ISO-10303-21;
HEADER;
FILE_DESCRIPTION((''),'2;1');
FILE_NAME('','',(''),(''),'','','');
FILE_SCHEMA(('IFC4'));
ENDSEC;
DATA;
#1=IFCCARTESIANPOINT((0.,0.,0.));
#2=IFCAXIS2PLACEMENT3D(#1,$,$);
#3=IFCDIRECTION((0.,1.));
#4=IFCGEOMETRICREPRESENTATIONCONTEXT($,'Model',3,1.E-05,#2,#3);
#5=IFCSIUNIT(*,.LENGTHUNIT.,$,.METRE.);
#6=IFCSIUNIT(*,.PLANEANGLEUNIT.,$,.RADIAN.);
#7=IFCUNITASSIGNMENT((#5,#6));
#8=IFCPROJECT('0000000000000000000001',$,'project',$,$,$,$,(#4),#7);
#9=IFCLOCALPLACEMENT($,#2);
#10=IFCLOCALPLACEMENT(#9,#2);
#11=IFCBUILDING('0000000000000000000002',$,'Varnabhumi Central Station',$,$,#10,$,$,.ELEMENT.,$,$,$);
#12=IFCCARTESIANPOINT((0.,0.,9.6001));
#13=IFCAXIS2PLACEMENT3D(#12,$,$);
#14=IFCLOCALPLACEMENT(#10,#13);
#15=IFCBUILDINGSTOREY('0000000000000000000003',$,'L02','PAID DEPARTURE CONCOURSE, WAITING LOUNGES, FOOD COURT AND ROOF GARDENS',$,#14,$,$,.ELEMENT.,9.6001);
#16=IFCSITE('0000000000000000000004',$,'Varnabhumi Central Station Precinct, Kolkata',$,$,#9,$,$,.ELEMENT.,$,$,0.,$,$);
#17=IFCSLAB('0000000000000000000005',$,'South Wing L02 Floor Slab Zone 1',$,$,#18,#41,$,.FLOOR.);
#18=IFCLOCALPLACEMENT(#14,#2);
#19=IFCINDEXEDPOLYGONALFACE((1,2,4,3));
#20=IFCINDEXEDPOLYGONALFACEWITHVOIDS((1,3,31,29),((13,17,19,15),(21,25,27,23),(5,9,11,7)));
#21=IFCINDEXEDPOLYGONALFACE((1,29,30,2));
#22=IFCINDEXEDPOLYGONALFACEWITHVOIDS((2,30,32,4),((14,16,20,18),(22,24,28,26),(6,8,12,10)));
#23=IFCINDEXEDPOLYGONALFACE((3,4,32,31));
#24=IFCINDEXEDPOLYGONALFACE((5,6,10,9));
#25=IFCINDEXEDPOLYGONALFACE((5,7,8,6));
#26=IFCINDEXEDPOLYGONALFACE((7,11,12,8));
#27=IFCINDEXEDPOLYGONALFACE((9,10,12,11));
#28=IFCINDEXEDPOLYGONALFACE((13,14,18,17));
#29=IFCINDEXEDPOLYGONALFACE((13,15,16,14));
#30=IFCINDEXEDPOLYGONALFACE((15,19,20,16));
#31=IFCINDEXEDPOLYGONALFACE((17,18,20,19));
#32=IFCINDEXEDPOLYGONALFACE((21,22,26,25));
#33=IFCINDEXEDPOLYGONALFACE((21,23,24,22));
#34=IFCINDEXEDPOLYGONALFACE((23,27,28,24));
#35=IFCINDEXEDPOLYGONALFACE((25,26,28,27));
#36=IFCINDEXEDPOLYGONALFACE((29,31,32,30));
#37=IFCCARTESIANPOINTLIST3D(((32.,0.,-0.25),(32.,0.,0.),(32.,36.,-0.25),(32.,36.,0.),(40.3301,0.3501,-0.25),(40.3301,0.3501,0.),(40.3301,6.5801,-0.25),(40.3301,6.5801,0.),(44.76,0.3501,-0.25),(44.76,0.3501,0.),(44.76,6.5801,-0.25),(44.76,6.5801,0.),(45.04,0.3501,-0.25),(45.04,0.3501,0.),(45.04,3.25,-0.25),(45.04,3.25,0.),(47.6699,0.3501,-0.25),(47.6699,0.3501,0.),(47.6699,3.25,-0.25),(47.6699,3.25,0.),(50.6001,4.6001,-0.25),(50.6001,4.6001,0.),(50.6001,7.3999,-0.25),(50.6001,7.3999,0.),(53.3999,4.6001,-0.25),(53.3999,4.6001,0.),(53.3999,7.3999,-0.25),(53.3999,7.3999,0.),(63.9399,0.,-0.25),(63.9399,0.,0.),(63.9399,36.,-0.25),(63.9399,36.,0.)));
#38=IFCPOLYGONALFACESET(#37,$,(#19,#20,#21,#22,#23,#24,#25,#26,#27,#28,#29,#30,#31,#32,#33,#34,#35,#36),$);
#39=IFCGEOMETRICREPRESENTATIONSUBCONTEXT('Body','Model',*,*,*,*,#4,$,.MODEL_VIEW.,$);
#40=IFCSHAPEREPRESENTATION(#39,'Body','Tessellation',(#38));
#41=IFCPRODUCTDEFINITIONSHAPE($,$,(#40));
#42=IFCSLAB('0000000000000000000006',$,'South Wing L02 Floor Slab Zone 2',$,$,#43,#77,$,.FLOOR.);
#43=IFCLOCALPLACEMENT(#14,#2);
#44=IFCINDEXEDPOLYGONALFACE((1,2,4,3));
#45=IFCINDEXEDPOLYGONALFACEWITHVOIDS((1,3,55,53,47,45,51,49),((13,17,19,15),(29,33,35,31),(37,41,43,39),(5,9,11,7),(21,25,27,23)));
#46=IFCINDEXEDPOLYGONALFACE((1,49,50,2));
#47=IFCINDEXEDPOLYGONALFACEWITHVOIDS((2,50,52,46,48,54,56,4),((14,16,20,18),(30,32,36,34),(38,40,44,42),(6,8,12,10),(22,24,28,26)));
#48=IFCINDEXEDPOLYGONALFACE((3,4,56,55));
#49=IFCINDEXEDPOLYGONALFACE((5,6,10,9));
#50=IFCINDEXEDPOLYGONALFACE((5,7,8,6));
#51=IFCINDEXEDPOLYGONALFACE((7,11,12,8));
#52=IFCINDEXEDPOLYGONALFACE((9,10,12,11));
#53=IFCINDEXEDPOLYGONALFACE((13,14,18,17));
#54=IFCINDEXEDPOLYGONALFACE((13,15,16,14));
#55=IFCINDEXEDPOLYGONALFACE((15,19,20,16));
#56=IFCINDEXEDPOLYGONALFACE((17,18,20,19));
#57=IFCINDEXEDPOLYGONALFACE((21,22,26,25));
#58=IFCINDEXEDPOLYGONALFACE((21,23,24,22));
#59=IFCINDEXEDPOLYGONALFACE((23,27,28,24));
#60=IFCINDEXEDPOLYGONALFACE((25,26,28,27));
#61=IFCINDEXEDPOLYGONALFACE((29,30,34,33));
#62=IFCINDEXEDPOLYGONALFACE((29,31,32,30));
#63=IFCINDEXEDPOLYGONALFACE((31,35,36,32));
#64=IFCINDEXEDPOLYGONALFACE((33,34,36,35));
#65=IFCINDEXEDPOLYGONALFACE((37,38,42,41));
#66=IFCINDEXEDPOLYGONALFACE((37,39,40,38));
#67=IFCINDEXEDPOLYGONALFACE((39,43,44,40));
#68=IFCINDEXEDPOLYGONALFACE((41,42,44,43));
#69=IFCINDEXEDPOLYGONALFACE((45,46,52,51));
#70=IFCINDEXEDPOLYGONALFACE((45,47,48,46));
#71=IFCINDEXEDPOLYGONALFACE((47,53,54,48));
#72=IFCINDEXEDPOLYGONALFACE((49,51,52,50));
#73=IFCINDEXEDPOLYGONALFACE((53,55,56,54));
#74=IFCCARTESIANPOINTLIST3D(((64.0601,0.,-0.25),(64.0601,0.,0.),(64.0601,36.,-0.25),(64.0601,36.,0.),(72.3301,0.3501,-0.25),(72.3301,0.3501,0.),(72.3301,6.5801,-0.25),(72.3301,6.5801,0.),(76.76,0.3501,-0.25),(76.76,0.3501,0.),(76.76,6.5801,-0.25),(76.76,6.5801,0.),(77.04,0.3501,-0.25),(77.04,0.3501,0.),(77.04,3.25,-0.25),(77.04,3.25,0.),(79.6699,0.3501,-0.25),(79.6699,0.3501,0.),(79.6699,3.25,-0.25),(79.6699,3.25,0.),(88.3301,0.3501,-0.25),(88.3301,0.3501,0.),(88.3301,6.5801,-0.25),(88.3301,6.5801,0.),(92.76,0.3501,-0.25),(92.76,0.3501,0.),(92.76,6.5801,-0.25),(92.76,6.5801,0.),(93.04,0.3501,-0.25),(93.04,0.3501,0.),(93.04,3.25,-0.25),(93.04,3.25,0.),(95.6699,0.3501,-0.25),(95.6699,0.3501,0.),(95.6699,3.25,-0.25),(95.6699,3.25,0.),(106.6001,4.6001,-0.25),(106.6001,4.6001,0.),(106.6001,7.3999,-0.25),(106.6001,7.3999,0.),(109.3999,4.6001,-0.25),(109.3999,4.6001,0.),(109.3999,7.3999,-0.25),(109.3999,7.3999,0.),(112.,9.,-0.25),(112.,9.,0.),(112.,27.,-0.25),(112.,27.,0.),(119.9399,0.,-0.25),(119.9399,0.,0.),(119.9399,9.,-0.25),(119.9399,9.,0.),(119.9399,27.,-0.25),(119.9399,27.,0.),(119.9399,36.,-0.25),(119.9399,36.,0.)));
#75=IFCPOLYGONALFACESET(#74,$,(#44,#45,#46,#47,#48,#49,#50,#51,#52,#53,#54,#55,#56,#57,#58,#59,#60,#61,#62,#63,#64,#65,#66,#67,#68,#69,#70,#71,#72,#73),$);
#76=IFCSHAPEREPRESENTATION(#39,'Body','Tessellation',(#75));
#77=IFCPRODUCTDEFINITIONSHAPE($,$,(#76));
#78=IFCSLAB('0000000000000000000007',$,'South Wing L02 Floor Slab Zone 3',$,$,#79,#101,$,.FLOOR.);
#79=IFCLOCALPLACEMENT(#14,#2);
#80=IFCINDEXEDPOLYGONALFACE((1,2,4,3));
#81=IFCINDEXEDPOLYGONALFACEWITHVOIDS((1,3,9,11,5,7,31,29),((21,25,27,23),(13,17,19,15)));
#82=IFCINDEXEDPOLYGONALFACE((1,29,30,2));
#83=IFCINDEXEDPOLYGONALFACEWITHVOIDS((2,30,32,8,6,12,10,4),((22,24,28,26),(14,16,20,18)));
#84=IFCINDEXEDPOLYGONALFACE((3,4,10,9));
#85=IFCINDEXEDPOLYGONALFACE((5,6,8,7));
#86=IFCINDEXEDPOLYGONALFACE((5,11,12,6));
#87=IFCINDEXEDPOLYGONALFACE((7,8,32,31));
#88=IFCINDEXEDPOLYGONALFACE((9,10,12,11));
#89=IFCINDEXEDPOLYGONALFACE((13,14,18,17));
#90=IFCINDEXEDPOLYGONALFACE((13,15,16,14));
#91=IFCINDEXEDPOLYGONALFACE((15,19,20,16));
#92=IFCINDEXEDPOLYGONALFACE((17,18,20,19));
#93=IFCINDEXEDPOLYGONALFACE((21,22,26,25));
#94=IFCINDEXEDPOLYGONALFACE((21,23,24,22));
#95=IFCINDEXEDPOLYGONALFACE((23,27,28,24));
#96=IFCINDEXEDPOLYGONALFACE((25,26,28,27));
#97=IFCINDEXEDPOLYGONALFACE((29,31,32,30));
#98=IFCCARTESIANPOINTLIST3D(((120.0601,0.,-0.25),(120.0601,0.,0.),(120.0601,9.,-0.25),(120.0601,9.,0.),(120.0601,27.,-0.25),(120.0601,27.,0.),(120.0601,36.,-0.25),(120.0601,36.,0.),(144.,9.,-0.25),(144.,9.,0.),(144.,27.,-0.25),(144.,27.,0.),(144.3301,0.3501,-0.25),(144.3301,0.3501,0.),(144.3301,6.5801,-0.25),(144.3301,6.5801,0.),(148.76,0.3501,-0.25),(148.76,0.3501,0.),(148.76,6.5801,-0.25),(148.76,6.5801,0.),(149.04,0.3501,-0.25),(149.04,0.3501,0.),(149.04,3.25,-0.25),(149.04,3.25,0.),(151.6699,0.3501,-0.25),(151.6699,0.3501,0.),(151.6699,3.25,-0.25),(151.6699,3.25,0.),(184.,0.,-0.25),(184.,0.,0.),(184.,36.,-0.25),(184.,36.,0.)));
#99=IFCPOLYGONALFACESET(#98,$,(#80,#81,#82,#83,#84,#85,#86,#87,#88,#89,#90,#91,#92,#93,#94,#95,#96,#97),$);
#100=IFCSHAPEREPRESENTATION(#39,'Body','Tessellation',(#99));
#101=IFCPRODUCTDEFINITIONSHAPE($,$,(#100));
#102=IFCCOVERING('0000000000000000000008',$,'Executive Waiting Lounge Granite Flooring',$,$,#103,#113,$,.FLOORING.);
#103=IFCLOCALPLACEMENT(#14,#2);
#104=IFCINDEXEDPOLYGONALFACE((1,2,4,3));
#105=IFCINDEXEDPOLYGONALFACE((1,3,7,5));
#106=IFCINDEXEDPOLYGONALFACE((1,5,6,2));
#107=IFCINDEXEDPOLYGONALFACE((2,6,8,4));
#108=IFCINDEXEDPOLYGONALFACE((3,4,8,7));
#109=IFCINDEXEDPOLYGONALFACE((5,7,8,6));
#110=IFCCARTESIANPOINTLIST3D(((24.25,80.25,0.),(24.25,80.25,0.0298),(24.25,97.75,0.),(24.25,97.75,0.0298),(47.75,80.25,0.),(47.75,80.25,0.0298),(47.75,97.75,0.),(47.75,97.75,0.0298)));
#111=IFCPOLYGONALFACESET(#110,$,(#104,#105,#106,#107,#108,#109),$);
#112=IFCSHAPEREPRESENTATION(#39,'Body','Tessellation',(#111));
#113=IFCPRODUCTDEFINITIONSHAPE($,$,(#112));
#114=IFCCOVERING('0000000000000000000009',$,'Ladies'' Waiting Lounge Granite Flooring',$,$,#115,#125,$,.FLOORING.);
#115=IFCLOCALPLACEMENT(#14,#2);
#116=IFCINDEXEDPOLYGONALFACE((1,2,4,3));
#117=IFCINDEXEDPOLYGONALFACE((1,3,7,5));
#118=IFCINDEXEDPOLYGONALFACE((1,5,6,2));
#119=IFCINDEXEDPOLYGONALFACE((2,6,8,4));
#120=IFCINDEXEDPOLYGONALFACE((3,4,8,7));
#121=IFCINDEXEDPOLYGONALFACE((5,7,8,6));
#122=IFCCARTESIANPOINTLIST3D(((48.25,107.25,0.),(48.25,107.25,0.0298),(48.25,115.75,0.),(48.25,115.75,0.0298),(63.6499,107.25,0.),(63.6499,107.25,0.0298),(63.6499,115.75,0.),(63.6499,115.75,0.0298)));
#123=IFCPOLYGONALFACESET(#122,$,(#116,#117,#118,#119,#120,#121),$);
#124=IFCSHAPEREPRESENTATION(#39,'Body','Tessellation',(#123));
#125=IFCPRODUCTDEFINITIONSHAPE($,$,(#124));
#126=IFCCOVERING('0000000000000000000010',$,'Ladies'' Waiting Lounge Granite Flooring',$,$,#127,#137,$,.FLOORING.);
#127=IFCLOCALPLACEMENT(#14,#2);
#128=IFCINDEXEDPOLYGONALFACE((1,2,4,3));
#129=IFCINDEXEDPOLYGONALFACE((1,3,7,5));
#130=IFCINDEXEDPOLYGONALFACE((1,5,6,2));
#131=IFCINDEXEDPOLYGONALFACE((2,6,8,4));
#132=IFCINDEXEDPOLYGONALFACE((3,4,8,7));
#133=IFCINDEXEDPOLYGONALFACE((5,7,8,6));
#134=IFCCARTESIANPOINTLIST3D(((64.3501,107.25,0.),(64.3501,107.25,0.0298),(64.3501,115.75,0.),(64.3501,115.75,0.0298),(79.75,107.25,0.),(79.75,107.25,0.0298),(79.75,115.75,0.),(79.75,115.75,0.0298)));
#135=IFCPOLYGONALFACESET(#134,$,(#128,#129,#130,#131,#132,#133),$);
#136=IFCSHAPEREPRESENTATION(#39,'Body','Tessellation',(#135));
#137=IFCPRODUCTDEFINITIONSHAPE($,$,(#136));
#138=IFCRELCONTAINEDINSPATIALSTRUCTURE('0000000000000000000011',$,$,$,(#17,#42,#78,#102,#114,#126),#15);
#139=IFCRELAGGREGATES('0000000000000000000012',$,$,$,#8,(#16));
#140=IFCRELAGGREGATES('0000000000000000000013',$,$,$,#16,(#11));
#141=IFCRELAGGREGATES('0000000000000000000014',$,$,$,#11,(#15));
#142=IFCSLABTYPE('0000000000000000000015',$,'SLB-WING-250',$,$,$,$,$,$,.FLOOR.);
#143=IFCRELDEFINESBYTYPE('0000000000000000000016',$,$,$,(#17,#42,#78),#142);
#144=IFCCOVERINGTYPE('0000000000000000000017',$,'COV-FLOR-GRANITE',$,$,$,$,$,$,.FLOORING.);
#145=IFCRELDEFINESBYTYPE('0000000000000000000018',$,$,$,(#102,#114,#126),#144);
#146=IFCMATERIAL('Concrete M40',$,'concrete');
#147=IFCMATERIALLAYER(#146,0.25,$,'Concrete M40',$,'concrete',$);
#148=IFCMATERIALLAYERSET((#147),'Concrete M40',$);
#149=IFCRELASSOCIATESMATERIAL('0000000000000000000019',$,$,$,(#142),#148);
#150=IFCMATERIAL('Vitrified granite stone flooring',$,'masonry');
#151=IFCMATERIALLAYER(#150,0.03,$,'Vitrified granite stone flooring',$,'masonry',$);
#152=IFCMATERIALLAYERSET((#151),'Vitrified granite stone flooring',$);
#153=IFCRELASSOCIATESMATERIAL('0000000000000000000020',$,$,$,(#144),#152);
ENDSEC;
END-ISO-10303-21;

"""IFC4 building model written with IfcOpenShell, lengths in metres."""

from ifc_helpers import new_model, si_unit, direction, frame, origin, place, context, subcontext, project, spatial, polyline, outline, extrude, material, layer, layer_set, type_object, element, save


model = new_model("IFC4")

# Units and contexts
model_context = context("Model", 3, precision=1e-05, world=origin(), true_north=direction((0.0, 1.0)))
body_context = subcontext(model_context, "Body", "Model", "MODEL_VIEW")
ifc_project = project(units=[si_unit("LENGTHUNIT", "METRE"), si_unit("PLANEANGLEUNIT", "RADIAN")], contexts=[model_context])

# Site, building, storey
site_placement = place(None, origin())
site = spatial("IfcSite", under=ifc_project, at=site_placement, Name="Varnabhumi Central Station Precinct, Kolkata", CompositionType="ELEMENT", RefElevation=0.0)
building_placement = place(site_placement, origin())
building = spatial("IfcBuilding", under=site, at=building_placement, Name="Varnabhumi Central Station", CompositionType="ELEMENT")
storey_placement = place(building_placement, frame((0.0, 0.0, 9.6001)))
storey = spatial("IfcBuildingStorey", under=building, at=storey_placement, Name="L02", Description="PAID DEPARTURE CONCOURSE, WAITING LOUNGES, FOOD COURT AND ROOF GARDENS", CompositionType="ELEMENT", Elevation=9.6001)

# Shared definitions
ifc_material_1 = material(Name="Concrete M40", Category="concrete")

# Slabs
ifc_layer_1 = layer(ifc_material_1, 0.25, Name="Concrete M40", Category="concrete")
ifc_layer_set_1 = layer_set([ifc_layer_1], Name="Concrete M40")
slab_type_1 = type_object("IfcSlabType", Name="SLB-WING-250", PredefinedType="FLOOR", material=ifc_layer_set_1)
slab_1_placement = place(storey_placement, frame((0.0, 0.0, -0.25)))
element("IfcSlab", 1, at=slab_1_placement, inside=storey, type_object=slab_type_1, Name="South Wing L02 Floor Slab Zone 1", PredefinedType="FLOOR", context=body_context, shape_type="SweptSolid", body=[
    extrude(outline(polyline([(32.0, 0.0), (63.9399, 0.0), (63.9399, 36.0), (32.0, 36.0), (32.0, 0.0)]), holes=[polyline([(40.3301, 0.3501), (44.76, 0.3501), (44.76, 6.5801), (40.3301, 6.5801), (40.3301, 0.3501)]), polyline([(45.04, 0.3501), (47.6699, 0.3501), (47.6699, 3.25), (45.04, 3.25), (45.04, 0.3501)]), polyline([(50.6001, 4.6001), (53.3999, 4.6001), (53.3999, 7.3999), (50.6001, 7.3999), (50.6001, 4.6001)])]), origin(), (0.0, 0.0, 1.0), 0.25),
])
slab_2_placement = place(storey_placement, frame((0.0, 0.0, -0.25)))
element("IfcSlab", 2, at=slab_2_placement, inside=storey, type_object=slab_type_1, Name="South Wing L02 Floor Slab Zone 2", PredefinedType="FLOOR", context=body_context, shape_type="SweptSolid", body=[
    extrude(outline(polyline([(64.0601, 0.0), (119.9399, 0.0), (119.9399, 9.0), (112.0, 9.0), (112.0, 27.0), (119.9399, 27.0), (119.9399, 36.0), (64.0601, 36.0), (64.0601, 0.0)]), holes=[polyline([(88.3301, 0.3501), (92.76, 0.3501), (92.76, 6.5801), (88.3301, 6.5801), (88.3301, 0.3501)]), polyline([(93.04, 0.3501), (95.6699, 0.3501), (95.6699, 3.25), (93.04, 3.25), (93.04, 0.3501)]), polyline([(72.3301, 0.3501), (76.76, 0.3501), (76.76, 6.5801), (72.3301, 6.5801), (72.3301, 0.3501)]), polyline([(77.04, 0.3501), (79.6699, 0.3501), (79.6699, 3.25), (77.04, 3.25), (77.04, 0.3501)]), polyline([(106.6001, 4.6001), (109.3999, 4.6001), (109.3999, 7.3999), (106.6001, 7.3999), (106.6001, 4.6001)])]), origin(), (0.0, 0.0, 1.0), 0.25),
])
slab_3_placement = place(storey_placement, frame((0.0, 0.0, -0.25)))
element("IfcSlab", 3, at=slab_3_placement, inside=storey, type_object=slab_type_1, Name="South Wing L02 Floor Slab Zone 3", PredefinedType="FLOOR", context=body_context, shape_type="SweptSolid", body=[
    extrude(outline(polyline([(120.0601, 0.0), (184.0, 0.0), (184.0, 36.0), (120.0601, 36.0), (120.0601, 27.0), (144.0, 27.0), (144.0, 9.0), (120.0601, 9.0), (120.0601, 0.0)]), holes=[polyline([(144.3301, 0.3501), (148.76, 0.3501), (148.76, 6.5801), (144.3301, 6.5801), (144.3301, 0.3501)]), polyline([(149.04, 0.3501), (151.6699, 0.3501), (151.6699, 3.25), (149.04, 3.25), (149.04, 0.3501)])]), origin(), (0.0, 0.0, 1.0), 0.25),
])

# Coverings
ifc_material_2 = material(Name="Vitrified granite stone flooring", Category="masonry")
ifc_layer_2 = layer(ifc_material_2, 0.03, Name="Vitrified granite stone flooring", Category="masonry")
ifc_layer_set_2 = layer_set([ifc_layer_2], Name="Vitrified granite stone flooring")
covering_type = type_object("IfcCoveringType", Name="COV-FLOR-GRANITE", PredefinedType="FLOORING", material=ifc_layer_set_2)
covering_1_placement = place(storey_placement, origin())
element("IfcCovering", 4, at=covering_1_placement, inside=storey, type_object=covering_type, Name="Executive Waiting Lounge Granite Flooring", PredefinedType="FLOORING", context=body_context, shape_type="SweptSolid", body=[
    extrude(outline(polyline([(24.25, 80.25), (47.75, 80.25), (47.75, 97.75), (24.25, 97.75), (24.25, 80.25)])), origin(), (0.0, 0.0, 1.0), 0.0298),
])
covering_2_placement = place(storey_placement, origin())
element("IfcCovering", 5, at=covering_2_placement, inside=storey, type_object=covering_type, Name="Ladies' Waiting Lounge Granite Flooring", PredefinedType="FLOORING", context=body_context, shape_type="SweptSolid", body=[
    extrude(outline(polyline([(48.25, 107.25), (63.6499, 107.25), (63.6499, 115.75), (48.25, 115.75), (48.25, 107.25)])), origin(), (0.0, 0.0, 1.0), 0.0298),
])
covering_3_placement = place(storey_placement, origin())
element("IfcCovering", 6, at=covering_3_placement, inside=storey, type_object=covering_type, Name="Ladies' Waiting Lounge Granite Flooring", PredefinedType="FLOORING", context=body_context, shape_type="SweptSolid", body=[
    extrude(outline(polyline([(64.3501, 107.25), (79.75, 107.25), (79.75, 115.75), (64.3501, 115.75), (64.3501, 107.25)])), origin(), (0.0, 0.0, 1.0), 0.0298),
])

save(model, "model.ifc")
